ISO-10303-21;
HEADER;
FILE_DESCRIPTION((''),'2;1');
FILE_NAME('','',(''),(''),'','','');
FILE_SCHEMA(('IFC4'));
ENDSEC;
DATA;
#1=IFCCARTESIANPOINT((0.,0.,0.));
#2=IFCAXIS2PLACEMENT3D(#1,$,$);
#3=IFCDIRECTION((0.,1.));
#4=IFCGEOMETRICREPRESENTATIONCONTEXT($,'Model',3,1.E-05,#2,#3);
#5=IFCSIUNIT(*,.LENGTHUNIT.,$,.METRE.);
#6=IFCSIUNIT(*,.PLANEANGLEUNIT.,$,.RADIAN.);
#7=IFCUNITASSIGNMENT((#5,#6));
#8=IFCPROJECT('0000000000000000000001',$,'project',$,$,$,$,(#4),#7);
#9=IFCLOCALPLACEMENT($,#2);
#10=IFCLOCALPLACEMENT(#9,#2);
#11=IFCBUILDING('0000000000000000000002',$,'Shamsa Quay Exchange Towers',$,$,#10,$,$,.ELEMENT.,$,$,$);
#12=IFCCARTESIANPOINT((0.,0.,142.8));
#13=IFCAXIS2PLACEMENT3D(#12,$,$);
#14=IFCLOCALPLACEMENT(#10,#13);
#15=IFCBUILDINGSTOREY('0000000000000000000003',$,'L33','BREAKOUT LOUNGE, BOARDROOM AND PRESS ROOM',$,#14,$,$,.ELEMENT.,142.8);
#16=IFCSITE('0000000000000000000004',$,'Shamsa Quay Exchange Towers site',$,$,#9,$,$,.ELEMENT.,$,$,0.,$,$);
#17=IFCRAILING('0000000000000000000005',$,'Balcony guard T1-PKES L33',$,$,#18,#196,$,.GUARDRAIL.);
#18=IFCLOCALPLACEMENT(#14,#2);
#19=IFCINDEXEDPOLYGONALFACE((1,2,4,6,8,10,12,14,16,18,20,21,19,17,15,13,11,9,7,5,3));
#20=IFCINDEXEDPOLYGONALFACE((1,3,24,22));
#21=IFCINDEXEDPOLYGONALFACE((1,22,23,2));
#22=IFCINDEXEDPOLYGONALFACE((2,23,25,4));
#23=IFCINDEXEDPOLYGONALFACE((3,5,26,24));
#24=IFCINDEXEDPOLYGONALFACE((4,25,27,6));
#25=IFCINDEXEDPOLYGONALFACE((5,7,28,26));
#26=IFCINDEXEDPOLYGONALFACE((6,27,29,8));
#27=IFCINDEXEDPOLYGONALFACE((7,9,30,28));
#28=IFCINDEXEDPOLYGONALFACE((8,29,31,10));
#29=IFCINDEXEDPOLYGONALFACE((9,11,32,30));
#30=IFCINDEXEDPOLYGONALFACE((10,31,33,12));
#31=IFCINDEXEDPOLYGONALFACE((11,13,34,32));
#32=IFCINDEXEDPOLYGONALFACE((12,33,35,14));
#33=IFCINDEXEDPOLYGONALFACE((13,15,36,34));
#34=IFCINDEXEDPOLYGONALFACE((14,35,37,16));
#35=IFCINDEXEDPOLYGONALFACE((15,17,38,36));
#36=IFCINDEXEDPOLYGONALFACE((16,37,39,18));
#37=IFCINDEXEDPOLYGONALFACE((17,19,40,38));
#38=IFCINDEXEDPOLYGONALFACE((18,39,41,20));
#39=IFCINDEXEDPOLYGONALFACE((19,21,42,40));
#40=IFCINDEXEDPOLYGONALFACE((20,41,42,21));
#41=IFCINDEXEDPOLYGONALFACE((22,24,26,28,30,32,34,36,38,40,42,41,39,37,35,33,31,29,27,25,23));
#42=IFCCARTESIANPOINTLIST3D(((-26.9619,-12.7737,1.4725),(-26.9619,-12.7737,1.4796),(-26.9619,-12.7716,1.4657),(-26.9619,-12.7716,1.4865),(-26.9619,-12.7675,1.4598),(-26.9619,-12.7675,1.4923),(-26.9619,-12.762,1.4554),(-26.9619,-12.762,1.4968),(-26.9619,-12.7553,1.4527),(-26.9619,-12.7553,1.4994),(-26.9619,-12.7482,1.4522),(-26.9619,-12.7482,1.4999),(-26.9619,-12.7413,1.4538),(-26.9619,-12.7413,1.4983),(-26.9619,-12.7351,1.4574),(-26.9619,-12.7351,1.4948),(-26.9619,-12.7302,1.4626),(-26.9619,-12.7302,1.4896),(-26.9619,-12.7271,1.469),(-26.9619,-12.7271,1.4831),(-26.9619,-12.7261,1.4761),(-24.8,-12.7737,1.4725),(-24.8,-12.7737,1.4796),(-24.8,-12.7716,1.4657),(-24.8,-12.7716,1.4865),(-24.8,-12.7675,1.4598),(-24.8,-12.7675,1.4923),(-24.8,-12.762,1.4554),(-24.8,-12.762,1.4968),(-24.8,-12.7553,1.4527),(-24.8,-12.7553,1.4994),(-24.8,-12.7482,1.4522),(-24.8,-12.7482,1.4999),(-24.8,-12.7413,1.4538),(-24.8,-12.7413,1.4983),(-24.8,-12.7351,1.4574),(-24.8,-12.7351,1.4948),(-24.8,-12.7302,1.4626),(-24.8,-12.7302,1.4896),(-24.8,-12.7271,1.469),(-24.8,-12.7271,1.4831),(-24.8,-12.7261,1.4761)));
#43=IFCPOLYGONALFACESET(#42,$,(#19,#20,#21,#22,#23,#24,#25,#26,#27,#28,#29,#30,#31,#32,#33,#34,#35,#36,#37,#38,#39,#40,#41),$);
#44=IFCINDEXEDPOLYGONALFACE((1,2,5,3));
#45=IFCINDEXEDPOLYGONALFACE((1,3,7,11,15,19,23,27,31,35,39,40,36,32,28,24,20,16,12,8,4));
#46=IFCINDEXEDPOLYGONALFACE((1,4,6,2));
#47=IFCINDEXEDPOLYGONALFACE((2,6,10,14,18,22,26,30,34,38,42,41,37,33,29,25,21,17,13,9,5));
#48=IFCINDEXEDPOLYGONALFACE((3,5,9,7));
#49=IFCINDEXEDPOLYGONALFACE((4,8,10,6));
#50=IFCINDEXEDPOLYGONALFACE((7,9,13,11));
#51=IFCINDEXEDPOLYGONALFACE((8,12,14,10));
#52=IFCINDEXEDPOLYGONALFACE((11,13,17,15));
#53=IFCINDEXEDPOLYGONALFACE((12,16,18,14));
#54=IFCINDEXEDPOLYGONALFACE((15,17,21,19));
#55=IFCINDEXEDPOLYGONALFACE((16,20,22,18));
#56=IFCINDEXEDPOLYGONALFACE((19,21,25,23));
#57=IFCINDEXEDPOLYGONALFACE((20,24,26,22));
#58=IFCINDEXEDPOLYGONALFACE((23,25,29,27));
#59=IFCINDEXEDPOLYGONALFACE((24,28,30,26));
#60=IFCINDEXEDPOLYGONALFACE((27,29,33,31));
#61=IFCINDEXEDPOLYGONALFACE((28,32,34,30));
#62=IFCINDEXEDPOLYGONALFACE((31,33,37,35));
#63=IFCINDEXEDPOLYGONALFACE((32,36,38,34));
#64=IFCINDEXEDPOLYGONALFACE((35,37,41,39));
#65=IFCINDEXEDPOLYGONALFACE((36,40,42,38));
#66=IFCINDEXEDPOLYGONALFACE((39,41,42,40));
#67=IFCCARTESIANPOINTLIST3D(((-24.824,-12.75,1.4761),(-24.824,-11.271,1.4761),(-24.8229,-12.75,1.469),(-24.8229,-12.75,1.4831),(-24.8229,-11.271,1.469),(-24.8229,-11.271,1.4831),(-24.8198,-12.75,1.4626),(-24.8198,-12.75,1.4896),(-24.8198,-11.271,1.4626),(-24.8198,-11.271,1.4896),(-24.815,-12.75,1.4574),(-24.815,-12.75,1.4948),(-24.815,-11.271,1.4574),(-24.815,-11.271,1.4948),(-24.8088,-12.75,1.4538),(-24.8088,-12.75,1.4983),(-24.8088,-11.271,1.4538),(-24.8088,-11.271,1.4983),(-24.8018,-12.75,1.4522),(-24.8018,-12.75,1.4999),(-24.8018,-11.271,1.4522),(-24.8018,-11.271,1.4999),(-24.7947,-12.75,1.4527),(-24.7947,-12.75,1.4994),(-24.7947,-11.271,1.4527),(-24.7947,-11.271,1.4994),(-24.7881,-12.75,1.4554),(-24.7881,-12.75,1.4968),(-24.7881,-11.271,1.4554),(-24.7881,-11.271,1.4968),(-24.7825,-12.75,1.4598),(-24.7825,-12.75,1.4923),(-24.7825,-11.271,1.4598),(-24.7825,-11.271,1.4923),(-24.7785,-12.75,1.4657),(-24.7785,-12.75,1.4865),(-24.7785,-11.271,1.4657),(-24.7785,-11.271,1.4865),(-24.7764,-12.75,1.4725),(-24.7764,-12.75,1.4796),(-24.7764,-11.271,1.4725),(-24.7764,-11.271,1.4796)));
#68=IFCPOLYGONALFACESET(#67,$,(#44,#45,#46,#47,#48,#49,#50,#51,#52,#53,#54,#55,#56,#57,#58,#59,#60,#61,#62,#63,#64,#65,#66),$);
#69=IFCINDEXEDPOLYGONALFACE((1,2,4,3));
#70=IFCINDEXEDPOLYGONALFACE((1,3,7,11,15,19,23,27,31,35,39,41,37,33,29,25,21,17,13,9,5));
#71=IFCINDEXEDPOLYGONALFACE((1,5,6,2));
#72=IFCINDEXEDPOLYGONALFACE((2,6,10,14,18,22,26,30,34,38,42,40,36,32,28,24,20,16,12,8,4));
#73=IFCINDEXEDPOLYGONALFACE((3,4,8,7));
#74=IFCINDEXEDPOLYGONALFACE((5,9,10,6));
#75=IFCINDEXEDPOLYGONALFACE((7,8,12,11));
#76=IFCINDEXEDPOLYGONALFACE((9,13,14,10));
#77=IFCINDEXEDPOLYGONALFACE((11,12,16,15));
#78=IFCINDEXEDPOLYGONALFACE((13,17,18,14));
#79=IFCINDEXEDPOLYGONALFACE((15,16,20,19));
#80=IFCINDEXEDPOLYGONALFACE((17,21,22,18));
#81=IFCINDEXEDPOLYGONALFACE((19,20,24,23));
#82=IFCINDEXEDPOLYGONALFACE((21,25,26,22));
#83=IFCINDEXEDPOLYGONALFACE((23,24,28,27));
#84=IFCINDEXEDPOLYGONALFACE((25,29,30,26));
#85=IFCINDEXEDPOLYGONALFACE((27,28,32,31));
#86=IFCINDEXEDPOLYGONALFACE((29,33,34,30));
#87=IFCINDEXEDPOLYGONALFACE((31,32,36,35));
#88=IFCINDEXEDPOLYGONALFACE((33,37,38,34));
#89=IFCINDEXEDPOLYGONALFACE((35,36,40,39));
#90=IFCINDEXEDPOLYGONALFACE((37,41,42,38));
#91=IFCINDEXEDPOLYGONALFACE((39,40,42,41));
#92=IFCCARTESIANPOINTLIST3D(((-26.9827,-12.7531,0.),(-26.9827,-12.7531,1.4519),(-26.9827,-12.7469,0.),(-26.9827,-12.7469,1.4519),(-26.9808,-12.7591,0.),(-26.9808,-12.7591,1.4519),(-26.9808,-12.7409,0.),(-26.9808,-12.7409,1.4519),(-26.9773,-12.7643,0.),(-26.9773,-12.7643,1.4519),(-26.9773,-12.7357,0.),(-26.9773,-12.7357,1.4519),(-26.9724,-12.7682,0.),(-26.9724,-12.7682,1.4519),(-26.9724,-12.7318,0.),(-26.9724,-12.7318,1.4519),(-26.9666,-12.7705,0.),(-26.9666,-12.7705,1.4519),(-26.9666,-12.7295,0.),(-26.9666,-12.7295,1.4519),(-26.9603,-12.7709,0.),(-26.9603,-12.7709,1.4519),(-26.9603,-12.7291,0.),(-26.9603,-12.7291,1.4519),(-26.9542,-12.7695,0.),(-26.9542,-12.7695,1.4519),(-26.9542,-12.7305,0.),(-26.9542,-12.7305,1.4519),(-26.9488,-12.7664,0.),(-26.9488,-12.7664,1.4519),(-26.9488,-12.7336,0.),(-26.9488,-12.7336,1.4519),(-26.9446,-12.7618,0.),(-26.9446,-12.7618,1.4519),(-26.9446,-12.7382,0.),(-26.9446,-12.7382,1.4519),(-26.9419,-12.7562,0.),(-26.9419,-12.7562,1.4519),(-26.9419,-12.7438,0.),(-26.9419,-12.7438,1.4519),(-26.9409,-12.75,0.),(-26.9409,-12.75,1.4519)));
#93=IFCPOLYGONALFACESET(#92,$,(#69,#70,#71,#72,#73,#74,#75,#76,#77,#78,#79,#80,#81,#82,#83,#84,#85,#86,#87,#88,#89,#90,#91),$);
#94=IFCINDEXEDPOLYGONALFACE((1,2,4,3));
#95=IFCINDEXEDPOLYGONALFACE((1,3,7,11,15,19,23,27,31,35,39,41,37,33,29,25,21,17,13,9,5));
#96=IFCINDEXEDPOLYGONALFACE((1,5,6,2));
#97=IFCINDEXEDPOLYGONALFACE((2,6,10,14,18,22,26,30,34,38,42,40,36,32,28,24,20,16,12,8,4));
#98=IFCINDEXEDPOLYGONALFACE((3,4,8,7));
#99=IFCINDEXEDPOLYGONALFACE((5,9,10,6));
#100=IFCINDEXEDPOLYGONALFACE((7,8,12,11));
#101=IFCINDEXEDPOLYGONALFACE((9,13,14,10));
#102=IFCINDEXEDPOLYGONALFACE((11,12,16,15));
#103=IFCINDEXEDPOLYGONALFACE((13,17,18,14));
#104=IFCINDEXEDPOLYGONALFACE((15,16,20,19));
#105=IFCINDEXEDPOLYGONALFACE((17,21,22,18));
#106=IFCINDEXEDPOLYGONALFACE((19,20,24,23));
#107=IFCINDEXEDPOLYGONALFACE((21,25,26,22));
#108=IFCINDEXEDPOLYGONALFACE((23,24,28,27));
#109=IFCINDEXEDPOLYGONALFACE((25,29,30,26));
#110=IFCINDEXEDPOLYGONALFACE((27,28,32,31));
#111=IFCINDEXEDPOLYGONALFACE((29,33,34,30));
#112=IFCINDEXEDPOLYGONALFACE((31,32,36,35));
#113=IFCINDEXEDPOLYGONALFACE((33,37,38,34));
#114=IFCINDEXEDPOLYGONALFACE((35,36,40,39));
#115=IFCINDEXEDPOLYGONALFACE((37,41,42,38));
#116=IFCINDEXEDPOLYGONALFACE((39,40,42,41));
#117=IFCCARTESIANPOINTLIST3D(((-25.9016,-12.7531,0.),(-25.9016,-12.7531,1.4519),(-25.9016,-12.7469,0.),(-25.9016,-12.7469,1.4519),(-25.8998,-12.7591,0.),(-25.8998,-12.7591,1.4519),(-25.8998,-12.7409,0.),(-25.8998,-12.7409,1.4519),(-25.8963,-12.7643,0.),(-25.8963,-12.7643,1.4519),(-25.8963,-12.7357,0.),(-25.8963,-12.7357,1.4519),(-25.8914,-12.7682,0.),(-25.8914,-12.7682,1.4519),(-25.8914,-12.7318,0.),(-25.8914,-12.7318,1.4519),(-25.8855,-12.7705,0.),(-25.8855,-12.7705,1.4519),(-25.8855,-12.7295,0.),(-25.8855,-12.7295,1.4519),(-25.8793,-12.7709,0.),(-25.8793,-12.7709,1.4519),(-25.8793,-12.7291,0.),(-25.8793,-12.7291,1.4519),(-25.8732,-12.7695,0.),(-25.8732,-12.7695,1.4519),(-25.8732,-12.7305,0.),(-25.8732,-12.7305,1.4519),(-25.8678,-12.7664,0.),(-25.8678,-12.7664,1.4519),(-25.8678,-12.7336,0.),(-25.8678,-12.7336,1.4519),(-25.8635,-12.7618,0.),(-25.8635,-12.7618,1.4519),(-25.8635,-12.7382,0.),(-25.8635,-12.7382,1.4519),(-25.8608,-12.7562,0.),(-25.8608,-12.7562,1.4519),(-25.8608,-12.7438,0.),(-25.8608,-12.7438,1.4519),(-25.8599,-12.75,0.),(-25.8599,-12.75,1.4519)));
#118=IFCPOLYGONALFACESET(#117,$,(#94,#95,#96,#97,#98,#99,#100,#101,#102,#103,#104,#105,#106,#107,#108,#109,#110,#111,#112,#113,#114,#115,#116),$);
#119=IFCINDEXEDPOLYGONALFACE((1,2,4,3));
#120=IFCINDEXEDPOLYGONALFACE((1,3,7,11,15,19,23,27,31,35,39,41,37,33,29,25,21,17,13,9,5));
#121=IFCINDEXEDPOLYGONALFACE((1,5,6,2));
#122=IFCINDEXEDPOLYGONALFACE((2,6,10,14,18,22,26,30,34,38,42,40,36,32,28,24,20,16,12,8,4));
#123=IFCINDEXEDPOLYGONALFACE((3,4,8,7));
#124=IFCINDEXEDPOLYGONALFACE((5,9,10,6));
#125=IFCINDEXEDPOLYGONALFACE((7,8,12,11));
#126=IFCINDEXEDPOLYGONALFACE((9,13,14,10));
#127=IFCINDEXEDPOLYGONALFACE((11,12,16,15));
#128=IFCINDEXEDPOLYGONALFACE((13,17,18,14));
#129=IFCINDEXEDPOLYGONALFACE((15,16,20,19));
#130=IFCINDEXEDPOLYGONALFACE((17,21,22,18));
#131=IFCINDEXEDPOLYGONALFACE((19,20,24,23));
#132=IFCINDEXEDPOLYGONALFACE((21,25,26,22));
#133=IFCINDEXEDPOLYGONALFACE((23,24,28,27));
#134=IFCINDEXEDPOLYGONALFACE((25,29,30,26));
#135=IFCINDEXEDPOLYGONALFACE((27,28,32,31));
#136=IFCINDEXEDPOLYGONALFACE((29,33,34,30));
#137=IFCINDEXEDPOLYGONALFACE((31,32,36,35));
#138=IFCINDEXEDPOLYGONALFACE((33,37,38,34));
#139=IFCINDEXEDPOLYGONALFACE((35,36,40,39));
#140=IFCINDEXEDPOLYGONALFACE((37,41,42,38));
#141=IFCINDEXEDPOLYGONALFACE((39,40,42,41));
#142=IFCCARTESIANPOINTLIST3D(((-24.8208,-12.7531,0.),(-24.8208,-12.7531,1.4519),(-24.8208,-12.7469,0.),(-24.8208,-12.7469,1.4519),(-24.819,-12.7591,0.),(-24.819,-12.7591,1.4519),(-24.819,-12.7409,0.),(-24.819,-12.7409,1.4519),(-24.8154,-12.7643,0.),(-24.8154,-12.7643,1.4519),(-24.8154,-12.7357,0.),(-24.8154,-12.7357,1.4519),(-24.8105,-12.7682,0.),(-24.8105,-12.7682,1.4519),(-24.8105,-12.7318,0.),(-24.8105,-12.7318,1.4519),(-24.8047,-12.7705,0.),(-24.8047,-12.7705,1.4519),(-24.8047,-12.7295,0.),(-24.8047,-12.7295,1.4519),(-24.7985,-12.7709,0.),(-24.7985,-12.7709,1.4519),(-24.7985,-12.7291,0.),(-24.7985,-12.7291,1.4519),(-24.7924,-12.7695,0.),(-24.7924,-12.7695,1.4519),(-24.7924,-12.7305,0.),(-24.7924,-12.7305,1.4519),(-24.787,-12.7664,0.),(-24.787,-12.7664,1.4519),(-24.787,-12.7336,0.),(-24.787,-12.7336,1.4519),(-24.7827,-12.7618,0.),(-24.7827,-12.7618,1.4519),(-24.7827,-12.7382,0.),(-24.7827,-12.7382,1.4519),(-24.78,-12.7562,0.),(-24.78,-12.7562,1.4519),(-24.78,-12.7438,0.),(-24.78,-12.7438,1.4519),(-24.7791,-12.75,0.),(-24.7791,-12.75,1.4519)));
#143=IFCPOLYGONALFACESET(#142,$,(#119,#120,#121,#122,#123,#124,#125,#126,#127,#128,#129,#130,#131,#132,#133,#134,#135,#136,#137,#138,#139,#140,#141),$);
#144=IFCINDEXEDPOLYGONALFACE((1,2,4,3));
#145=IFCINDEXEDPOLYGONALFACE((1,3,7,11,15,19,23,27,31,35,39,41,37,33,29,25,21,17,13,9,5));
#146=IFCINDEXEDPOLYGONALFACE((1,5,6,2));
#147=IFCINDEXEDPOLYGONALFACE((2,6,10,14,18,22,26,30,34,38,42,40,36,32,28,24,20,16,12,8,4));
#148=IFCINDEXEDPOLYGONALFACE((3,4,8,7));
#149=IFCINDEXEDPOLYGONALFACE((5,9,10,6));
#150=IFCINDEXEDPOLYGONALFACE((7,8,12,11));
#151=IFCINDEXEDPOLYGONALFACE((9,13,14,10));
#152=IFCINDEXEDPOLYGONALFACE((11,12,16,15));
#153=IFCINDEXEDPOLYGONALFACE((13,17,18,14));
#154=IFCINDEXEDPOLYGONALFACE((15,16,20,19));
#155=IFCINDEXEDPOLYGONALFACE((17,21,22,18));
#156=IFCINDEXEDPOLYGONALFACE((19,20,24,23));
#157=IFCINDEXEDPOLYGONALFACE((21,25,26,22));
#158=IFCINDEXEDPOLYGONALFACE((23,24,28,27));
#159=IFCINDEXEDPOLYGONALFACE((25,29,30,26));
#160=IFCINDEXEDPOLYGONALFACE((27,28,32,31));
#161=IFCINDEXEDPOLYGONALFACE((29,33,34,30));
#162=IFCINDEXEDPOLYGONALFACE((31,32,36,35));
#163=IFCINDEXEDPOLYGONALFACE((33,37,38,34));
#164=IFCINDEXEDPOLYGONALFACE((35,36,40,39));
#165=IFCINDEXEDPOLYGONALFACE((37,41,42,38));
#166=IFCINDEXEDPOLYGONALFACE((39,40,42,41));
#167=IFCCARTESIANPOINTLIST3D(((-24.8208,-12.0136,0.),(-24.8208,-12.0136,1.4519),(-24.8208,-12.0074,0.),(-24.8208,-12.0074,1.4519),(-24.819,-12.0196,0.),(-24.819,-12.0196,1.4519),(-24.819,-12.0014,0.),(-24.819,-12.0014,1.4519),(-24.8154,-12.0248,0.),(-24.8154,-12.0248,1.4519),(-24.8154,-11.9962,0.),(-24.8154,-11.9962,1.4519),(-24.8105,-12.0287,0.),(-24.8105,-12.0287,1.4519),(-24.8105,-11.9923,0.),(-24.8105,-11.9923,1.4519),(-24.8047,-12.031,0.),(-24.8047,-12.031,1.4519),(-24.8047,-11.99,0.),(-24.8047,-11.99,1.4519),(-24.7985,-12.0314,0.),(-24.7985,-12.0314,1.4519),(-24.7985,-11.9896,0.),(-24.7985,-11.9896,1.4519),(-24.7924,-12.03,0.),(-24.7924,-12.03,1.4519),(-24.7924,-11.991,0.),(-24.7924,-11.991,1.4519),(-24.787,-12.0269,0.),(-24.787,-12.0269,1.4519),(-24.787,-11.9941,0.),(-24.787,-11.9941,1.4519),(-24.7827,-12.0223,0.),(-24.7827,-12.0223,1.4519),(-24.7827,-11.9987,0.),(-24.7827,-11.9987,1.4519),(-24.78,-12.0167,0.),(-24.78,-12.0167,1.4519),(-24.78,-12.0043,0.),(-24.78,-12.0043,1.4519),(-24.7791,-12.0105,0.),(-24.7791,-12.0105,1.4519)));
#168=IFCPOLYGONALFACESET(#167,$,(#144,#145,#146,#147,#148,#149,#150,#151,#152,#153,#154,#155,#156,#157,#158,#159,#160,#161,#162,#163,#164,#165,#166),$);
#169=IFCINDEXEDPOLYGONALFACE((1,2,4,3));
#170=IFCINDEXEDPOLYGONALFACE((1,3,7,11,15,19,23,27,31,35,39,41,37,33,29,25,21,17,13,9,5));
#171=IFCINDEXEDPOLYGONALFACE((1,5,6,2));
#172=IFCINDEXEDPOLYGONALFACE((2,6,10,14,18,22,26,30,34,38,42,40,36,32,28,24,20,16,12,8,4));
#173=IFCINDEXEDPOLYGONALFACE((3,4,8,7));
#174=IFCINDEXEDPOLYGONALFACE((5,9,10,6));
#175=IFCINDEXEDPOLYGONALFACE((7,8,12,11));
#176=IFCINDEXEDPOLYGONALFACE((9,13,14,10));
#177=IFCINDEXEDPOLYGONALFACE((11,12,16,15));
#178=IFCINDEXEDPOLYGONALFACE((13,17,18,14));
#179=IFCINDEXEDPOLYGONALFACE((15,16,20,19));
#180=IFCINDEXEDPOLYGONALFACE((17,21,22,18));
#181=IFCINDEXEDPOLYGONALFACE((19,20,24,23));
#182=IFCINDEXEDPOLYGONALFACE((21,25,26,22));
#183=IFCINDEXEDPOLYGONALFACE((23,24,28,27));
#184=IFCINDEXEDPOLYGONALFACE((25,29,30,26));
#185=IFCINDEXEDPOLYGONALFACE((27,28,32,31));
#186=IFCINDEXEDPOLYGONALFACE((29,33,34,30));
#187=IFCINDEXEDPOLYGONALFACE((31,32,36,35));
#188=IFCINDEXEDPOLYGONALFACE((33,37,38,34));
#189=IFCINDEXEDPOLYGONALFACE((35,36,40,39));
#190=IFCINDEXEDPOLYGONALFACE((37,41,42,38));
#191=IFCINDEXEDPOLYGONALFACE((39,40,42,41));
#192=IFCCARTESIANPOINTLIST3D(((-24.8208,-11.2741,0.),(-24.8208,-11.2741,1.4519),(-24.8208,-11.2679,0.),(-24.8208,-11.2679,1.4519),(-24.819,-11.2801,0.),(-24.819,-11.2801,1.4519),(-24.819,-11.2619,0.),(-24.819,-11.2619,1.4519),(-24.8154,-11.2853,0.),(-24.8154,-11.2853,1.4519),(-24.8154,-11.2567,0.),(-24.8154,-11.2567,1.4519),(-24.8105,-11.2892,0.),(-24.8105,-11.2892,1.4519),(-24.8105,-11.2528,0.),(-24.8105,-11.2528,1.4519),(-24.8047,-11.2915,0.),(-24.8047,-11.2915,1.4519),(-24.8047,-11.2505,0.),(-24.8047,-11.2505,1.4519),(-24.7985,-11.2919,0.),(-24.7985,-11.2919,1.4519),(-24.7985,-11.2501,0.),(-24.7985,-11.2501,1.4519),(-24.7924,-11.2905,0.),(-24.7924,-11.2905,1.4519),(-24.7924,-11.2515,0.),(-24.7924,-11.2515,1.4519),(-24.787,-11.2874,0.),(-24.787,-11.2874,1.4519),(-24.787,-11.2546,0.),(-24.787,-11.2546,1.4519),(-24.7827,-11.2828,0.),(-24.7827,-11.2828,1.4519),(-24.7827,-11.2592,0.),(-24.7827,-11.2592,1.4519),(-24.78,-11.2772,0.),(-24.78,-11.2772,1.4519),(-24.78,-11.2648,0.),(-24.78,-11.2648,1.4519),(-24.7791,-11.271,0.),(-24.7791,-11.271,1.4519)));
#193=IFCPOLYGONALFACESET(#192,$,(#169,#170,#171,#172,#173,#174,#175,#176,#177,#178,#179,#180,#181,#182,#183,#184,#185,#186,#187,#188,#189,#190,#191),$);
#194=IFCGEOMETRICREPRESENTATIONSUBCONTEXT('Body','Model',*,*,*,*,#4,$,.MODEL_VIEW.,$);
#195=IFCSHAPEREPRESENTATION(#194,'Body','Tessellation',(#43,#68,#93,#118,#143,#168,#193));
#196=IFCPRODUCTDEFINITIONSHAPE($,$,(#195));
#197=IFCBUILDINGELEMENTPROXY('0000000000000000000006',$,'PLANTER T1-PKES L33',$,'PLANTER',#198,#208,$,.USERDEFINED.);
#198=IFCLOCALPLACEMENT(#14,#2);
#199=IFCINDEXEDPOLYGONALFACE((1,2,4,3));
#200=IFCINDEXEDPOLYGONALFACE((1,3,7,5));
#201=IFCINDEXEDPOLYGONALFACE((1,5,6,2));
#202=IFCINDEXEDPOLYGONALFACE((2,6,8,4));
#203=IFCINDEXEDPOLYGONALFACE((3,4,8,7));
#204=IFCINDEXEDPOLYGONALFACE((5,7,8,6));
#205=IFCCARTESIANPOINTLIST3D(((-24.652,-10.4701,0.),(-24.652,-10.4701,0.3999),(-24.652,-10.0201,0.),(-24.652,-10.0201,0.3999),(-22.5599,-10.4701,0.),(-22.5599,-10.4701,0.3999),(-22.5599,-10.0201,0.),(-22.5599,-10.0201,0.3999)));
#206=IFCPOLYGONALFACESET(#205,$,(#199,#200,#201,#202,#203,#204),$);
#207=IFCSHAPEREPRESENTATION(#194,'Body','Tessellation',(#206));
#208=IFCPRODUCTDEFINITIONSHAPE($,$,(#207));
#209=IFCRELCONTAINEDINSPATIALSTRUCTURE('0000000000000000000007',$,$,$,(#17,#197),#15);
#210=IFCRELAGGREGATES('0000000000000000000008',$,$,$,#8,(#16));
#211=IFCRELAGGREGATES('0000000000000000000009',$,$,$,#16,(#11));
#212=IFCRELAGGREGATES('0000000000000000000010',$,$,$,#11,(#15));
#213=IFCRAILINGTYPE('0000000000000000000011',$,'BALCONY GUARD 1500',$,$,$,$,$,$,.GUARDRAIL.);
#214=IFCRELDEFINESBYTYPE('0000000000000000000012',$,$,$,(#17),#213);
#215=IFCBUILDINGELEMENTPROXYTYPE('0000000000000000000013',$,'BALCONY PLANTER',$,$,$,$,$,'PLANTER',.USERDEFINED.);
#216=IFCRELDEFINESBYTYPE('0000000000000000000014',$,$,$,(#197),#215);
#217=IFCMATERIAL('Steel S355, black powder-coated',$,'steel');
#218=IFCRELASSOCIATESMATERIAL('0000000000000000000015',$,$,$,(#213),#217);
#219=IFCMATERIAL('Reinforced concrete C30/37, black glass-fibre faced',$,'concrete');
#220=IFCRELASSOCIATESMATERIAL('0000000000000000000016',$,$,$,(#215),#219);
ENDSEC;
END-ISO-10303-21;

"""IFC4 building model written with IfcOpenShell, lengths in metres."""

from ifc_helpers import new_model, si_unit, direction, frame, origin, origin_2d, place, context, subcontext, project, spatial, rectangle, circle, extrude, material, type_object, element, save


model = new_model("IFC4")

# Units and contexts
model_context = context("Model", 3, precision=1e-05, world=origin(), true_north=direction((0.0, 1.0)))
body_context = subcontext(model_context, "Body", "Model", "MODEL_VIEW")
ifc_project = project(units=[si_unit("LENGTHUNIT", "METRE"), si_unit("PLANEANGLEUNIT", "RADIAN")], contexts=[model_context])

# Site, building, storey
site_placement = place(None, origin())
site = spatial("IfcSite", under=ifc_project, at=site_placement, Name="Shamsa Quay Exchange Towers site", CompositionType="ELEMENT", RefElevation=0.0)
building_placement = place(site_placement, origin())
building = spatial("IfcBuilding", under=site, at=building_placement, Name="Shamsa Quay Exchange Towers", CompositionType="ELEMENT")
storey_placement = place(building_placement, frame((0.0, 0.0, 142.8)))
storey = spatial("IfcBuildingStorey", under=building, at=storey_placement, Name="L33", Description="BREAKOUT LOUNGE, BOARDROOM AND PRESS ROOM", CompositionType="ELEMENT", Elevation=142.8)

# Railing
ifc_material_1 = material(Name="Steel S355, black powder-coated", Category="steel")
railing_type_1 = type_object("IfcRailingType", Name="BALCONY GUARD 1500", PredefinedType="GUARDRAIL", material=ifc_material_1)
for number, where, name in (
    (1, (-26.9619, -12.75, 0.0), "Balcony guard T1-PKES L33"),
):
    element("IfcRailing", number, at=place(storey_placement, frame(where)), inside=storey, type_object=railing_type_1, Name=name, PredefinedType="GUARDRAIL", context=body_context, shape_type="SweptSolid", body=[
        extrude(circle(Radius=0.0239, at=origin_2d()), frame((0.0, 0.0, 1.4761), z_axis=(1.0, 0.0, 0.0), x_axis=(0.0, 1.0, 0.0)), (0.0, 0.0, 1.0), 2.1619),
        extrude(circle(Radius=0.0239, at=origin_2d()), frame((2.1619, 0.0, 1.4761), z_axis=(0.0, 1.0, 0.0), x_axis=(-1.0, 0.0, 0.0)), (0.0, 0.0, 1.0), 1.479),
        extrude(circle(Radius=0.021, at=origin_2d()), origin(), (0.0, 0.0, 1.0), 1.4519),
        extrude(circle(Radius=0.021, at=origin_2d()), frame((1.0811, 0.0, 0.0)), (0.0, 0.0, 1.0), 1.4519),
        extrude(circle(Radius=0.021, at=origin_2d()), frame((2.1619, 0.0, 0.0)), (0.0, 0.0, 1.0), 1.4519),
        extrude(circle(Radius=0.021, at=origin_2d()), frame((2.1619, 0.7395, 0.0)), (0.0, 0.0, 1.0), 1.4519),
        extrude(circle(Radius=0.021, at=origin_2d()), frame((2.1619, 1.479, 0.0)), (0.0, 0.0, 1.0), 1.4519),
    ])

# Building element proxy
ifc_material_2 = material(Name="Reinforced concrete C30/37, black glass-fibre faced", Category="concrete")
building_element_proxy_type = type_object("IfcBuildingElementProxyType", Name="BALCONY PLANTER", ElementType="PLANTER", PredefinedType="USERDEFINED", material=ifc_material_2)
for number, where, name in (
    (2, (-23.606, -10.2451, 0.0), "PLANTER T1-PKES L33"),
):
    element("IfcBuildingElementProxy", number, at=place(storey_placement, frame(where)), inside=storey, type_object=building_element_proxy_type, Name=name, ObjectType="PLANTER", PredefinedType="USERDEFINED", context=body_context, shape_type="SweptSolid", body=[
        extrude(rectangle(XDim=2.092, YDim=0.45, at=origin_2d()), origin(), (0.0, 0.0, 1.0), 0.3999),
    ])

save(model, "model.ifc")
